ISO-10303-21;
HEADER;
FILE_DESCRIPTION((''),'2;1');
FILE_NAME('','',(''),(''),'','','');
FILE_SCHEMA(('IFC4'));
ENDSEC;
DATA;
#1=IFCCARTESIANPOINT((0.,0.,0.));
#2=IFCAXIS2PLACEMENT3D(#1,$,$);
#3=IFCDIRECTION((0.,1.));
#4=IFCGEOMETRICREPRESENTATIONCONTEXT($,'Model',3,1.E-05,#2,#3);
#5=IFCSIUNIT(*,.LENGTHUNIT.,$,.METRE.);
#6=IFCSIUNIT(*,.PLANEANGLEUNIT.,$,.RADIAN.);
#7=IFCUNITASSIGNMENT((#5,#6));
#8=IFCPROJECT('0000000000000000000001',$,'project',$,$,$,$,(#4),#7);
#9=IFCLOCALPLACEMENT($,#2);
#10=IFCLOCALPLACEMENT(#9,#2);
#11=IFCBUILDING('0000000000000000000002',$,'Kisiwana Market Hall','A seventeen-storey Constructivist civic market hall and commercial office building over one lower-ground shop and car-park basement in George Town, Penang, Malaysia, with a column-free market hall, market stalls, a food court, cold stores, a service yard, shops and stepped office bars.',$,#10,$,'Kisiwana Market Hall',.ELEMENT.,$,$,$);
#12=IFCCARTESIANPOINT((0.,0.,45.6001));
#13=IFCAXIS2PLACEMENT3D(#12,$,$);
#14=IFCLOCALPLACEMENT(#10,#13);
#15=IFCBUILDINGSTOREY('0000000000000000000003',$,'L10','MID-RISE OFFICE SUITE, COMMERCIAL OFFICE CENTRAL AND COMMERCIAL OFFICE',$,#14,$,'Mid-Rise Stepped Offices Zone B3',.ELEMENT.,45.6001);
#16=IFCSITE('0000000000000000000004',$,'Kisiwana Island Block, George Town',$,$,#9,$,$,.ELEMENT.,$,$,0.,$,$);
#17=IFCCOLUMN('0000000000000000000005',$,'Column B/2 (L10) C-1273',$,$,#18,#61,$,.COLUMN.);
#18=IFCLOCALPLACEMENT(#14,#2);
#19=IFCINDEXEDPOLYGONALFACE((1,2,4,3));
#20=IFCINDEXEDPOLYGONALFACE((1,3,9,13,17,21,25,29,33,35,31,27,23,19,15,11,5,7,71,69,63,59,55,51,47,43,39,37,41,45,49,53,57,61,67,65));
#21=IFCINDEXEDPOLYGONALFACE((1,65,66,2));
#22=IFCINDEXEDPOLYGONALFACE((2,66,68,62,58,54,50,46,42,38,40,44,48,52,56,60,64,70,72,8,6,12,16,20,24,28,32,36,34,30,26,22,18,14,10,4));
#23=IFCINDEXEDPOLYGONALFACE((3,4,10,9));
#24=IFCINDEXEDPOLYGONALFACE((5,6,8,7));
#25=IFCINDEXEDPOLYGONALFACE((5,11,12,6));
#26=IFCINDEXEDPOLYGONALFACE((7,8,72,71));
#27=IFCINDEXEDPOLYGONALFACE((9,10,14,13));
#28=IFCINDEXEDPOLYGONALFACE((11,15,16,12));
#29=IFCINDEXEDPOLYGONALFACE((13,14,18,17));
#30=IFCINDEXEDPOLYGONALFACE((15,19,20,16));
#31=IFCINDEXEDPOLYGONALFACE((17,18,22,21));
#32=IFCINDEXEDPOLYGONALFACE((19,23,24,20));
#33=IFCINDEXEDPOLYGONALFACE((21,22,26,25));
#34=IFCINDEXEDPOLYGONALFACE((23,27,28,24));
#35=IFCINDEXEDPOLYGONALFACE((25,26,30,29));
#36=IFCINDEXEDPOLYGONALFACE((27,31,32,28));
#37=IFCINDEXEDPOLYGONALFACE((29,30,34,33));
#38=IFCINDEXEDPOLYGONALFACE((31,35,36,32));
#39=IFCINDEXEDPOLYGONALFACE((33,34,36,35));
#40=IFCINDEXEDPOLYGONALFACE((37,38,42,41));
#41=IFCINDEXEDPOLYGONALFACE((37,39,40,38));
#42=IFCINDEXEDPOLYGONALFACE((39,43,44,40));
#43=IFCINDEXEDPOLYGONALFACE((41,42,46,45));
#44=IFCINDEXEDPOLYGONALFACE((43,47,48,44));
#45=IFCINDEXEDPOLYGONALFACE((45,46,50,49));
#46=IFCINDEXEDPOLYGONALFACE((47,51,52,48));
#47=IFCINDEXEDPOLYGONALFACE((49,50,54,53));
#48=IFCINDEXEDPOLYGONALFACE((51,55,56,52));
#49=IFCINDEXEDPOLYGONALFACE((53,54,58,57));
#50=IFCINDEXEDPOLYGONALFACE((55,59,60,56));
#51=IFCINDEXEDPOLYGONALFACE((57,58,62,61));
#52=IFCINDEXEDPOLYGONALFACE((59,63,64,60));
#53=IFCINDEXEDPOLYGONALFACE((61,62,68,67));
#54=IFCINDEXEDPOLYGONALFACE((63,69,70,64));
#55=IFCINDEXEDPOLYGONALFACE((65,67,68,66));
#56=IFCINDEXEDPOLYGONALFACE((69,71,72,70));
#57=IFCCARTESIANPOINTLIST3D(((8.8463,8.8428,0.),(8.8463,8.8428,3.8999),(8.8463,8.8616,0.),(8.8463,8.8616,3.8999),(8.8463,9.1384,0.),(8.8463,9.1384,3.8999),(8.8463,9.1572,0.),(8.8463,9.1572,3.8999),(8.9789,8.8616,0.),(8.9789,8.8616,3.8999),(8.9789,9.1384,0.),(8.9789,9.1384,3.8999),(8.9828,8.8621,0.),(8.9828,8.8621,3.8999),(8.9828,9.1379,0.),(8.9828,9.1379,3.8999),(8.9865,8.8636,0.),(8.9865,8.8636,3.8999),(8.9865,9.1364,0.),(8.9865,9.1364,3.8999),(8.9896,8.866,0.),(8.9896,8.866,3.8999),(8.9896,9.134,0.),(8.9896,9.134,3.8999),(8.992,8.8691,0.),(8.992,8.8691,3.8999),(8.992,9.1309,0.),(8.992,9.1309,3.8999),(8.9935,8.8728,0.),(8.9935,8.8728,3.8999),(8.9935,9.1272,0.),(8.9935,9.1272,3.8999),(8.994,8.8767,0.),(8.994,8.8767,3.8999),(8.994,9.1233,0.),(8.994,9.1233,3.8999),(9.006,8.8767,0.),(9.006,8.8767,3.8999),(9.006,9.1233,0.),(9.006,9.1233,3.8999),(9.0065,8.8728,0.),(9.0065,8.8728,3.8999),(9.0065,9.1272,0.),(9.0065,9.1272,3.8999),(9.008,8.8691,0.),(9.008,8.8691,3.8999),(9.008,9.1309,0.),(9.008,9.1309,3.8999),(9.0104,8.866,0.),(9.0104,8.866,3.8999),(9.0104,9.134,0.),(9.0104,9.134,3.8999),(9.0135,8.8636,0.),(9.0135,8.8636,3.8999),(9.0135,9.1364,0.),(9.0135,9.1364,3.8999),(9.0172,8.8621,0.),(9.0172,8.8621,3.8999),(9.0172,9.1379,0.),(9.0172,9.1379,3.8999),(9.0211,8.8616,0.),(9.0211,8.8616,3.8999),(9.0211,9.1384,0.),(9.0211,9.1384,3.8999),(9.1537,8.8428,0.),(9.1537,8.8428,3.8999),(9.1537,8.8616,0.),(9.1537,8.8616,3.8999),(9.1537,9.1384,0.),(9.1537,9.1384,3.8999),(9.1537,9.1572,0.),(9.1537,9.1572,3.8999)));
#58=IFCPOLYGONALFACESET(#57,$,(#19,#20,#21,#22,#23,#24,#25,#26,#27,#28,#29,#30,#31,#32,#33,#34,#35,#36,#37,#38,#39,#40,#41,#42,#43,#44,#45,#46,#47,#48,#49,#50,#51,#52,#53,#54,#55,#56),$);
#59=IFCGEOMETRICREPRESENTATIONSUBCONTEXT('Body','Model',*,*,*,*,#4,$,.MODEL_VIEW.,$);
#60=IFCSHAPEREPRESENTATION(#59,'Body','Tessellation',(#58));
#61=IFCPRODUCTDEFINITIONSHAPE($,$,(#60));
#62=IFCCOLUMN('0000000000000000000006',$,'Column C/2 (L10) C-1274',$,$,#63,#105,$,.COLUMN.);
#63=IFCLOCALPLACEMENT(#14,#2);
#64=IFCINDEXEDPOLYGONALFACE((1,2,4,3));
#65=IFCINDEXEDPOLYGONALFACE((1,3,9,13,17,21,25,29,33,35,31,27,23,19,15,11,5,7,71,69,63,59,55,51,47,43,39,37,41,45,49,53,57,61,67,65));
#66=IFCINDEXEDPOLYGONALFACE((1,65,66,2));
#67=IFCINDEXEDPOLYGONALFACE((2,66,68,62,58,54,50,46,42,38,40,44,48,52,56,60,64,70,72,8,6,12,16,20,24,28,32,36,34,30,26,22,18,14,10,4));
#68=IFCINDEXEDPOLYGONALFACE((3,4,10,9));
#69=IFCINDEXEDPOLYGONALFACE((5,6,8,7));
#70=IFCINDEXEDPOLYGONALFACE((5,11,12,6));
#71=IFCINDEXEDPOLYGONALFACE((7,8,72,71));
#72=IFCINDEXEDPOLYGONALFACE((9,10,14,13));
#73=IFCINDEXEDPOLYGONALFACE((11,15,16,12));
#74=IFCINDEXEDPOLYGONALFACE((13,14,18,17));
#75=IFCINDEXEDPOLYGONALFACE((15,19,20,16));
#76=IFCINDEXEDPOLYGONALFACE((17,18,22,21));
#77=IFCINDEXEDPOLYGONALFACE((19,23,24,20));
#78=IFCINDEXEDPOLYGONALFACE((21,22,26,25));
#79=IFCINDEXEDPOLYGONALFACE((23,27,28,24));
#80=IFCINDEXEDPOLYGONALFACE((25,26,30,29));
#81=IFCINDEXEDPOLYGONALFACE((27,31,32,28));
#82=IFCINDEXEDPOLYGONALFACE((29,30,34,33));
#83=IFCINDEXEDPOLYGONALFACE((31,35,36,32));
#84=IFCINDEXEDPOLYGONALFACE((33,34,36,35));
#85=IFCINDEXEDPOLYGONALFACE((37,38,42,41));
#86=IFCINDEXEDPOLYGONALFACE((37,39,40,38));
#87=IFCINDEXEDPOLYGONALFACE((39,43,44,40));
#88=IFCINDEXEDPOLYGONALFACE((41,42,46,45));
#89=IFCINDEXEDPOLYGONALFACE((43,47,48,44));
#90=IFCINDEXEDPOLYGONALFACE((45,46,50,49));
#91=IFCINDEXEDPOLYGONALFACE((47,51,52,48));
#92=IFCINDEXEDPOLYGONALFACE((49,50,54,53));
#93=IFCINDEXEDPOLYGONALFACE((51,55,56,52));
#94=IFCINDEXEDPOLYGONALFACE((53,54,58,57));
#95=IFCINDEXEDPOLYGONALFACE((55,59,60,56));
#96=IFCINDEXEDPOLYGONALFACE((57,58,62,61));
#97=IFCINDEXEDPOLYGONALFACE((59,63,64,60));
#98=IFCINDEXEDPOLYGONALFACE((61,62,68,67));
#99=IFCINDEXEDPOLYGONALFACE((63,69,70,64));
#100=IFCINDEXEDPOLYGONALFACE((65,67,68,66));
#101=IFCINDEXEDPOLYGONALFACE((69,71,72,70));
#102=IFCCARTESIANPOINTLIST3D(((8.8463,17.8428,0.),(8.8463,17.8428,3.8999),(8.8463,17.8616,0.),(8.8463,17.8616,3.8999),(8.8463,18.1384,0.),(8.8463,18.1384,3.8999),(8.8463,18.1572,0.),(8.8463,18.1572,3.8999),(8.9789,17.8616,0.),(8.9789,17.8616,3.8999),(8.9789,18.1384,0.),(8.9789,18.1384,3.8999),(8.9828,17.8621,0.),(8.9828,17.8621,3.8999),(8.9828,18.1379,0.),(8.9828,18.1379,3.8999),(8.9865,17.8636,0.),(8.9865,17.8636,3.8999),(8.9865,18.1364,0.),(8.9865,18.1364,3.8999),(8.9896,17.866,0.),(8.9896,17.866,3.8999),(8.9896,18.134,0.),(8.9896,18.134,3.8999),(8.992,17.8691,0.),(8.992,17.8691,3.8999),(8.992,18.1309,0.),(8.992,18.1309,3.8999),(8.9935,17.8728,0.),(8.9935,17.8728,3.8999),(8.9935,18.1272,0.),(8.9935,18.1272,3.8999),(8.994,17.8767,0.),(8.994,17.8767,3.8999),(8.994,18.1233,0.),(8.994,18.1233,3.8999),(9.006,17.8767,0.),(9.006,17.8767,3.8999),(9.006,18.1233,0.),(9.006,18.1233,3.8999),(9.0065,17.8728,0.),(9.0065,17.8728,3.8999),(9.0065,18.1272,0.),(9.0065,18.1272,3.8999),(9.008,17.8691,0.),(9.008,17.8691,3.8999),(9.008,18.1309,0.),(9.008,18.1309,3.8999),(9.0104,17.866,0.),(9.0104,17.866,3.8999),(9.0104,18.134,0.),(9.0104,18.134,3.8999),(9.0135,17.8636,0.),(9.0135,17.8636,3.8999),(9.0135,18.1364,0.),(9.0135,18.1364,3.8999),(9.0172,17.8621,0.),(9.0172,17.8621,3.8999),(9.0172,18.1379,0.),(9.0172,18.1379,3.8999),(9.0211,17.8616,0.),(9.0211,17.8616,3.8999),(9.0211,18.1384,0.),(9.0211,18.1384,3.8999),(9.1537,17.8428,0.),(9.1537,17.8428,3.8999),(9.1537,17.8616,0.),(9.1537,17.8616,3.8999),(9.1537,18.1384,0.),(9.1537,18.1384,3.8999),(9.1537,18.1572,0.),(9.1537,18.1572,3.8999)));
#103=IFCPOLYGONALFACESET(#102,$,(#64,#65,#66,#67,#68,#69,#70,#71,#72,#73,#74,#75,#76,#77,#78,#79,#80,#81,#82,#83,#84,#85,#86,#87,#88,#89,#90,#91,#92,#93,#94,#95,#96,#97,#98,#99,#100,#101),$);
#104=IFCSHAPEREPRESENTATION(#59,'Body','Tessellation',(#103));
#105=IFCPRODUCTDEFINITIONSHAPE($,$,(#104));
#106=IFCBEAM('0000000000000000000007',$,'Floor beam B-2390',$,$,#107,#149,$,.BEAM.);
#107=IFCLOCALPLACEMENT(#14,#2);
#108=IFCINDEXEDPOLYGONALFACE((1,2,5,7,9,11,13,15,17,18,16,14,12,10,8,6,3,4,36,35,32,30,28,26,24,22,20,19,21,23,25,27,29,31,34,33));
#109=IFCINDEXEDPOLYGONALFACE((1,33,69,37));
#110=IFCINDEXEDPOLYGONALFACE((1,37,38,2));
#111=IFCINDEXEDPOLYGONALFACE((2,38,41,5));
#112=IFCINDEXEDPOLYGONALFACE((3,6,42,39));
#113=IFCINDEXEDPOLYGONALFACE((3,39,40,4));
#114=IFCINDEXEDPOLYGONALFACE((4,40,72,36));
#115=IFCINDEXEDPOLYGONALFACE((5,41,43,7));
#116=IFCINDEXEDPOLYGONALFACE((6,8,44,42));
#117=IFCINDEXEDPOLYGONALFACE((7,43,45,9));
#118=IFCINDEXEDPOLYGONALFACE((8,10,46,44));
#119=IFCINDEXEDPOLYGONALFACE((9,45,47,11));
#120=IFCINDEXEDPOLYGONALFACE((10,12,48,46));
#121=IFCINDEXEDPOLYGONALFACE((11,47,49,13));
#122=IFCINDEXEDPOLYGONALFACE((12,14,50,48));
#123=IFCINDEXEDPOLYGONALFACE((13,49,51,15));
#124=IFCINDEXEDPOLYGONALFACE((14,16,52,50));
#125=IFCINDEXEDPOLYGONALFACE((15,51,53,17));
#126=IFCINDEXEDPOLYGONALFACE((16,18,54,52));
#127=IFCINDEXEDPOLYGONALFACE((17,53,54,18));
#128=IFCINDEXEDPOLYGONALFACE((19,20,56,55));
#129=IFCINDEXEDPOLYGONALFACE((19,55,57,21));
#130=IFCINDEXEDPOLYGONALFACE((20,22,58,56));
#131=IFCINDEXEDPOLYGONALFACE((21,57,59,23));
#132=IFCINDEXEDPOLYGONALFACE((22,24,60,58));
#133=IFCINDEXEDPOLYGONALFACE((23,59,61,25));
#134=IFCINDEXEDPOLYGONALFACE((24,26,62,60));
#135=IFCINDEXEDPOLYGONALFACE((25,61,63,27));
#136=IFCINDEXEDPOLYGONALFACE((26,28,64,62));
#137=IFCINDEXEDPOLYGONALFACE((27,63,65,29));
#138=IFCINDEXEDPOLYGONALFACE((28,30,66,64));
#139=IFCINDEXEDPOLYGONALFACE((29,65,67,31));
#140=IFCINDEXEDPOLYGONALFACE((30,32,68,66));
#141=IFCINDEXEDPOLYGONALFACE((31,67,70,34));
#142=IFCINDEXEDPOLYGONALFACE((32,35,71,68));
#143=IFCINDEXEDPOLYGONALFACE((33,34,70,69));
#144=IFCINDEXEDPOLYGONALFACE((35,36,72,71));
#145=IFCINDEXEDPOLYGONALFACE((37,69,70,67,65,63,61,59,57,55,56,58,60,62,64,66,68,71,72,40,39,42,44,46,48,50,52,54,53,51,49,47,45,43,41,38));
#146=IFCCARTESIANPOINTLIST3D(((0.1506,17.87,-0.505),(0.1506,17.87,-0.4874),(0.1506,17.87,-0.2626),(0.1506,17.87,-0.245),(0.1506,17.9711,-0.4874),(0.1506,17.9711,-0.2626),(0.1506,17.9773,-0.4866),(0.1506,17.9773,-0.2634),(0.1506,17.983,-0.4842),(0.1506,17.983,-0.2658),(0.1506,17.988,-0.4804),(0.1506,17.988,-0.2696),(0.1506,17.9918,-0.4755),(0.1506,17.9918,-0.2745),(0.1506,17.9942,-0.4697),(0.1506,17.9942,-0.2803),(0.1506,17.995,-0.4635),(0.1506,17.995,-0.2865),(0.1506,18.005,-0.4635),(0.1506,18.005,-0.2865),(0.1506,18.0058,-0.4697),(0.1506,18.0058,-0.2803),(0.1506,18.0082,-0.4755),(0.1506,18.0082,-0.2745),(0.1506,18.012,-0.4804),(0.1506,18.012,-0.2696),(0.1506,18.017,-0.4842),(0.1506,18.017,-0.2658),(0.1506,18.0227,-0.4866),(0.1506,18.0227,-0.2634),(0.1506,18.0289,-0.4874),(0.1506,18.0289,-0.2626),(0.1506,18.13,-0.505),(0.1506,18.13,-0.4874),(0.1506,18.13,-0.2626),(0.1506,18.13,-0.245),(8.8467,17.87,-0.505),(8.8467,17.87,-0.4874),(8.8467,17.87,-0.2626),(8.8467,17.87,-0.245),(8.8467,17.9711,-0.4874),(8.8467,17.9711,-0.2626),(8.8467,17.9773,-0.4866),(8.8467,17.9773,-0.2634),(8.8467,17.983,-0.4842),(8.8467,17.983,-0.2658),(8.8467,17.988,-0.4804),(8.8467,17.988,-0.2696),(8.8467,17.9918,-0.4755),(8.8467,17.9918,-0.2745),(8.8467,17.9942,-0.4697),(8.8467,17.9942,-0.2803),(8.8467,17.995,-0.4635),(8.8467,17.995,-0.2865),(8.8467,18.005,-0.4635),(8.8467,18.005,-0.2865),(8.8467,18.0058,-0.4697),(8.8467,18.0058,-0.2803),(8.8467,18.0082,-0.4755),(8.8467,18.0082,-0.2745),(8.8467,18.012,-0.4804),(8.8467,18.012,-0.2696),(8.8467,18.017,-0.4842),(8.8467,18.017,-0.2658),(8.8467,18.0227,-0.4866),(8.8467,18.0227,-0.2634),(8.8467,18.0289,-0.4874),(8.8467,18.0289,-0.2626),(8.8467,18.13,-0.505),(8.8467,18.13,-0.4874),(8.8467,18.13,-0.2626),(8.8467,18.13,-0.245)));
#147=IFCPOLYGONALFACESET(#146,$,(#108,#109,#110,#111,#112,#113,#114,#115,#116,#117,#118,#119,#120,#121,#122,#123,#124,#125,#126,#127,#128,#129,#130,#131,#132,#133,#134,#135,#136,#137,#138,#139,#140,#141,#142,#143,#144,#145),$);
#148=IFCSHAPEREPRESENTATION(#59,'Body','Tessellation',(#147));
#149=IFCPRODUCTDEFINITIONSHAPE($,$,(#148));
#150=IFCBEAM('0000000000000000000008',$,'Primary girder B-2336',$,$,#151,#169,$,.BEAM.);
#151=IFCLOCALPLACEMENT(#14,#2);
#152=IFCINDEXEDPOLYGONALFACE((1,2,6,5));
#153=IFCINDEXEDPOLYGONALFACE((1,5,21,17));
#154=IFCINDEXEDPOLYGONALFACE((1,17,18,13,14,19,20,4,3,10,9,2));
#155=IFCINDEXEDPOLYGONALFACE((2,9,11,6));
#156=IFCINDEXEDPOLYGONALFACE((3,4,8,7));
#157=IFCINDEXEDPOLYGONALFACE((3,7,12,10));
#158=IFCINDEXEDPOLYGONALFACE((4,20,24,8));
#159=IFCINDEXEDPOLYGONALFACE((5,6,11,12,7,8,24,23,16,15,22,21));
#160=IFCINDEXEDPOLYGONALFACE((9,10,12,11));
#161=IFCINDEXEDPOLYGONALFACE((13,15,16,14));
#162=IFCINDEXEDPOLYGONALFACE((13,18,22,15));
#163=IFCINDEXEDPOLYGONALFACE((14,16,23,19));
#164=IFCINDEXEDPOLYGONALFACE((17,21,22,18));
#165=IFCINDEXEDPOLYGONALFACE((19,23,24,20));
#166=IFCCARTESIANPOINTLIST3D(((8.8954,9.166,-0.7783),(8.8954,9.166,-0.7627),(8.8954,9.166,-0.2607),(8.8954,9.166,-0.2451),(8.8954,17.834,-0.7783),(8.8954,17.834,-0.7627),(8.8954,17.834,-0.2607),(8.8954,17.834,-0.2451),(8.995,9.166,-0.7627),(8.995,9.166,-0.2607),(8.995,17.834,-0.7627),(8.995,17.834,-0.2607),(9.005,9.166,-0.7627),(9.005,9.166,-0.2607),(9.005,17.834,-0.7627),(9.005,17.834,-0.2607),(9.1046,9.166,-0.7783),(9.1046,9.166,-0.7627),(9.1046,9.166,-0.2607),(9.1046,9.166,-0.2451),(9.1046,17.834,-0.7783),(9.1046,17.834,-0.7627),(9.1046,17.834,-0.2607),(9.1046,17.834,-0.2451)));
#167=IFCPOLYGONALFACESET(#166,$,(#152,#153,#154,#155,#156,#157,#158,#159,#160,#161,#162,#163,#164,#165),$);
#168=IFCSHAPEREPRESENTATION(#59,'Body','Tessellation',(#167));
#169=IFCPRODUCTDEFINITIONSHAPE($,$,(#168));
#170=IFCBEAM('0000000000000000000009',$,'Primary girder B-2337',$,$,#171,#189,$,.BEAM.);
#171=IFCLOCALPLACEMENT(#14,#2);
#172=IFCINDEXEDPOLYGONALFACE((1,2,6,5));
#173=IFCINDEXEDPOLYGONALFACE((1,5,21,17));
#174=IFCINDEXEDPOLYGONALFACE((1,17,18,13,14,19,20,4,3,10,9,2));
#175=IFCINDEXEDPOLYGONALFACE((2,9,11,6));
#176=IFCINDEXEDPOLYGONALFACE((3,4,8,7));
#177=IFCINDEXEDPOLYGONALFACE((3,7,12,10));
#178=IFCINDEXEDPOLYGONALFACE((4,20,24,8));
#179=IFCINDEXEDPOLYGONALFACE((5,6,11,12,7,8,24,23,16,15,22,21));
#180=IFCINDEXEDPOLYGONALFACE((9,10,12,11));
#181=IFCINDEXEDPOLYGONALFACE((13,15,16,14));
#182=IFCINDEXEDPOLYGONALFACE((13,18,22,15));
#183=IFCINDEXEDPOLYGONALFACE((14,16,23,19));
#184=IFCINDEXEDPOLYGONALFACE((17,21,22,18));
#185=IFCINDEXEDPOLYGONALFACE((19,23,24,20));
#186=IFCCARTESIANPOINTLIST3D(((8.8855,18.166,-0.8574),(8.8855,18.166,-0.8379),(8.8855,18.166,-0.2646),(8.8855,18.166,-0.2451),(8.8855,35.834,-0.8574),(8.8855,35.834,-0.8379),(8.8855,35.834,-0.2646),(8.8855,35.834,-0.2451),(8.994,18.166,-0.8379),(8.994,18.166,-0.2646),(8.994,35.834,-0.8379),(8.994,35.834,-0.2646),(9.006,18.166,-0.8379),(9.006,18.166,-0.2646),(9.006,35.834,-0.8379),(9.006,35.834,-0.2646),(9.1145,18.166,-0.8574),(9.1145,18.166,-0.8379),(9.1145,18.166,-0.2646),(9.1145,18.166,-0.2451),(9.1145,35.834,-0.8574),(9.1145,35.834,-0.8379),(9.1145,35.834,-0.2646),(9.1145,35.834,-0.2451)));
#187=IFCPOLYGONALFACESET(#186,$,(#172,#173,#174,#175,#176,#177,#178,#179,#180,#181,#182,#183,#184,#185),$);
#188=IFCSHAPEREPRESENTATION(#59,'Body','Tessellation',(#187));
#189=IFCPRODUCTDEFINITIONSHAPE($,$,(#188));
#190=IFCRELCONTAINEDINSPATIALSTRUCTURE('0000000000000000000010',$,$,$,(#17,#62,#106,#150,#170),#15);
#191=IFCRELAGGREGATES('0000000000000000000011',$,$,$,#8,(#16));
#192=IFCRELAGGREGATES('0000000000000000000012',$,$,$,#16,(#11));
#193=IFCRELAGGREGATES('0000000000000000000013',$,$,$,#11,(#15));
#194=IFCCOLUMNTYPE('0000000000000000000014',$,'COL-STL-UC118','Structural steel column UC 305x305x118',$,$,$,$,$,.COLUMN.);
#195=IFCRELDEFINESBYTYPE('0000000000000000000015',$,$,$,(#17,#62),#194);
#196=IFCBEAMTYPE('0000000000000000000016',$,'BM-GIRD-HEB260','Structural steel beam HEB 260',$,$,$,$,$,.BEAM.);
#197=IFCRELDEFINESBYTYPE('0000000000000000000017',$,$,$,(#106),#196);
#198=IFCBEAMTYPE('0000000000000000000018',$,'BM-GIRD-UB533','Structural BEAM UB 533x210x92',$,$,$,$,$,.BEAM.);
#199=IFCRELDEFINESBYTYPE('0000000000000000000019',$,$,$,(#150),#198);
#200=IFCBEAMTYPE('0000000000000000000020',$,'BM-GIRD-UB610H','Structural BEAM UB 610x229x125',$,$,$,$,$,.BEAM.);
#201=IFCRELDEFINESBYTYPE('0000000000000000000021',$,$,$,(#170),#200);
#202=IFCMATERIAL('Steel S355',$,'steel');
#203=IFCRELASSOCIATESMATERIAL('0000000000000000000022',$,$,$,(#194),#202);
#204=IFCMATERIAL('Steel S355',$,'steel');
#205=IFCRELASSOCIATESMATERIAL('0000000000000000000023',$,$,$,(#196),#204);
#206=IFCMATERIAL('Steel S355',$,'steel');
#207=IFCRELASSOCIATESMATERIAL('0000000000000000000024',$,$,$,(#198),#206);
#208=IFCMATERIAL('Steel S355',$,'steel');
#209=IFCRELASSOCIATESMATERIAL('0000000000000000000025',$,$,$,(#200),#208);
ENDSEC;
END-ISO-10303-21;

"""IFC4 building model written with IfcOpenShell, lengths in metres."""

from ifc_helpers import new_model, si_unit, direction, frame, origin, origin_2d, place, context, subcontext, project, spatial, i_section, extrude, material, material_profile, profile_set, type_object, element, save


model = new_model("IFC4")

# Units and contexts
model_context = context("Model", 3, precision=1e-05, world=origin(), true_north=direction((0.0, 1.0)))
body_context = subcontext(model_context, "Body", "Model", "MODEL_VIEW")
ifc_project = project(units=[si_unit("LENGTHUNIT", "METRE"), si_unit("PLANEANGLEUNIT", "RADIAN")], contexts=[model_context])

# Site, building, storey
site_placement = place(None, origin())
site = spatial("IfcSite", under=ifc_project, at=site_placement, Name="Kisiwana Island Block, George Town", CompositionType="ELEMENT", RefElevation=0.0)
building_placement = place(site_placement, origin())
building = spatial("IfcBuilding", under=site, at=building_placement, Name="Kisiwana Market Hall", Description="A seventeen-storey Constructivist civic market hall and commercial office building over one lower-ground shop and car-park basement in George Town, Penang, Malaysia, with a column-free market hall, market stalls, a food court, cold stores, a service yard, shops and stepped office bars.", LongName="Kisiwana Market Hall", CompositionType="ELEMENT")
storey_placement = place(building_placement, frame((0.0, 0.0, 45.6001)))
storey = spatial("IfcBuildingStorey", under=building, at=storey_placement, Name="L10", Description="MID-RISE OFFICE SUITE, COMMERCIAL OFFICE CENTRAL AND COMMERCIAL OFFICE", LongName="Mid-Rise Stepped Offices Zone B3", CompositionType="ELEMENT", Elevation=45.6001)

# Columns
ifc_material_1 = material(Name="Steel S355", Category="steel")
ifc_material_profile_1 = material_profile(ifc_material_1, i_section(OverallWidth=0.3074, OverallDepth=0.3145, WebThickness=0.012, FlangeThickness=0.0188, FilletRadius=0.0151, at=origin_2d()), Name="UC 305x305x118")
ifc_profile_set_1 = profile_set([ifc_material_profile_1], Name="Steel S355")
column_type = type_object("IfcColumnType", Name="COL-STL-UC118", Description="Structural steel column UC 305x305x118", PredefinedType="COLUMN", material=ifc_profile_set_1)
for number, where, z_axis, x_axis, name in (
    (1, (9.0, 9.0, 0.0), (0.0, 0.0, 1.0), (1.0, 0.0, 0.0), "Column B/2 (L10) C-1273"),
    (2, (9.0, 18.0, 0.0), (0.0, 0.0, 1.0), (1.0, 0.0, 0.0), "Column C/2 (L10) C-1274"),
):
    element("IfcColumn", number, at=place(storey_placement, frame(where, z_axis=z_axis, x_axis=x_axis)), inside=storey, type_object=column_type, Name=name, PredefinedType="COLUMN", context=body_context, shape_type="SweptSolid", body=[
        extrude(i_section(OverallWidth=0.3074, OverallDepth=0.3145, WebThickness=0.012, FlangeThickness=0.0188, FilletRadius=0.0151, at=origin_2d()), origin(), (0.0, 0.0, 1.0), 3.8999),
    ])

# Beams
ifc_material_2 = material(Name="Steel S355", Category="steel")
ifc_material_profile_2 = material_profile(ifc_material_2, i_section(OverallWidth=0.26, OverallDepth=0.26, WebThickness=0.01, FlangeThickness=0.0176, FilletRadius=0.0239, at=origin_2d()), Name="HEB 260")
ifc_profile_set_2 = profile_set([ifc_material_profile_2], Name="Steel S355")
beam_type_1 = type_object("IfcBeamType", Name="BM-GIRD-HEB260", Description="Structural steel beam HEB 260", PredefinedType="BEAM", material=ifc_profile_set_2)
beam_1_placement = place(storey_placement, frame((0.1506, 18.0, -0.375), z_axis=(1.0, 0.0, 0.0), x_axis=(0.0, 1.0, 0.0)))
element("IfcBeam", 3, at=beam_1_placement, inside=storey, type_object=beam_type_1, Name="Floor beam B-2390", PredefinedType="BEAM", context=body_context, shape_type="SweptSolid", body=[
    extrude(i_section(OverallWidth=0.26, OverallDepth=0.26, WebThickness=0.01, FlangeThickness=0.0176, FilletRadius=0.0239, at=origin_2d()), origin(), (0.0, 0.0, 1.0), 8.696),
])
ifc_material_3 = material(Name="Steel S355", Category="steel")
ifc_material_profile_3 = material_profile(ifc_material_3, i_section(OverallWidth=0.2092, OverallDepth=0.5332, WebThickness=0.01, FlangeThickness=0.0156, at=origin_2d()), Name="UB 533x210x92")
ifc_profile_set_3 = profile_set([ifc_material_profile_3], Name="Steel S355")
beam_type_2 = type_object("IfcBeamType", Name="BM-GIRD-UB533", Description="Structural BEAM UB 533x210x92", PredefinedType="BEAM", material=ifc_profile_set_3)
beam_2_placement = place(storey_placement, frame((9.0, 9.166, -0.5117), z_axis=(0.0, 1.0, 0.0), x_axis=(-1.0, 0.0, 0.0)))
element("IfcBeam", 4, at=beam_2_placement, inside=storey, type_object=beam_type_2, Name="Primary girder B-2336", PredefinedType="BEAM", context=body_context, shape_type="SweptSolid", body=[
    extrude(i_section(OverallWidth=0.2092, OverallDepth=0.5332, WebThickness=0.01, FlangeThickness=0.0156, at=origin_2d()), origin(), (0.0, 0.0, 1.0), 8.668),
])
ifc_material_4 = material(Name="Steel S355", Category="steel")
ifc_material_profile_4 = material_profile(ifc_material_4, i_section(OverallWidth=0.229, OverallDepth=0.6123, WebThickness=0.012, FlangeThickness=0.0195, at=origin_2d()), Name="UB 610x229x125")
ifc_profile_set_4 = profile_set([ifc_material_profile_4], Name="Steel S355")
beam_type_3 = type_object("IfcBeamType", Name="BM-GIRD-UB610H", Description="Structural BEAM UB 610x229x125", PredefinedType="BEAM", material=ifc_profile_set_4)
beam_3_placement = place(storey_placement, frame((9.0, 18.166, -0.5513), z_axis=(0.0, 1.0, 0.0), x_axis=(-1.0, 0.0, 0.0)))
element("IfcBeam", 5, at=beam_3_placement, inside=storey, type_object=beam_type_3, Name="Primary girder B-2337", PredefinedType="BEAM", context=body_context, shape_type="SweptSolid", body=[
    extrude(i_section(OverallWidth=0.229, OverallDepth=0.6123, WebThickness=0.012, FlangeThickness=0.0195, at=origin_2d()), origin(), (0.0, 0.0, 1.0), 17.668),
])

save(model, "model.ifc")
